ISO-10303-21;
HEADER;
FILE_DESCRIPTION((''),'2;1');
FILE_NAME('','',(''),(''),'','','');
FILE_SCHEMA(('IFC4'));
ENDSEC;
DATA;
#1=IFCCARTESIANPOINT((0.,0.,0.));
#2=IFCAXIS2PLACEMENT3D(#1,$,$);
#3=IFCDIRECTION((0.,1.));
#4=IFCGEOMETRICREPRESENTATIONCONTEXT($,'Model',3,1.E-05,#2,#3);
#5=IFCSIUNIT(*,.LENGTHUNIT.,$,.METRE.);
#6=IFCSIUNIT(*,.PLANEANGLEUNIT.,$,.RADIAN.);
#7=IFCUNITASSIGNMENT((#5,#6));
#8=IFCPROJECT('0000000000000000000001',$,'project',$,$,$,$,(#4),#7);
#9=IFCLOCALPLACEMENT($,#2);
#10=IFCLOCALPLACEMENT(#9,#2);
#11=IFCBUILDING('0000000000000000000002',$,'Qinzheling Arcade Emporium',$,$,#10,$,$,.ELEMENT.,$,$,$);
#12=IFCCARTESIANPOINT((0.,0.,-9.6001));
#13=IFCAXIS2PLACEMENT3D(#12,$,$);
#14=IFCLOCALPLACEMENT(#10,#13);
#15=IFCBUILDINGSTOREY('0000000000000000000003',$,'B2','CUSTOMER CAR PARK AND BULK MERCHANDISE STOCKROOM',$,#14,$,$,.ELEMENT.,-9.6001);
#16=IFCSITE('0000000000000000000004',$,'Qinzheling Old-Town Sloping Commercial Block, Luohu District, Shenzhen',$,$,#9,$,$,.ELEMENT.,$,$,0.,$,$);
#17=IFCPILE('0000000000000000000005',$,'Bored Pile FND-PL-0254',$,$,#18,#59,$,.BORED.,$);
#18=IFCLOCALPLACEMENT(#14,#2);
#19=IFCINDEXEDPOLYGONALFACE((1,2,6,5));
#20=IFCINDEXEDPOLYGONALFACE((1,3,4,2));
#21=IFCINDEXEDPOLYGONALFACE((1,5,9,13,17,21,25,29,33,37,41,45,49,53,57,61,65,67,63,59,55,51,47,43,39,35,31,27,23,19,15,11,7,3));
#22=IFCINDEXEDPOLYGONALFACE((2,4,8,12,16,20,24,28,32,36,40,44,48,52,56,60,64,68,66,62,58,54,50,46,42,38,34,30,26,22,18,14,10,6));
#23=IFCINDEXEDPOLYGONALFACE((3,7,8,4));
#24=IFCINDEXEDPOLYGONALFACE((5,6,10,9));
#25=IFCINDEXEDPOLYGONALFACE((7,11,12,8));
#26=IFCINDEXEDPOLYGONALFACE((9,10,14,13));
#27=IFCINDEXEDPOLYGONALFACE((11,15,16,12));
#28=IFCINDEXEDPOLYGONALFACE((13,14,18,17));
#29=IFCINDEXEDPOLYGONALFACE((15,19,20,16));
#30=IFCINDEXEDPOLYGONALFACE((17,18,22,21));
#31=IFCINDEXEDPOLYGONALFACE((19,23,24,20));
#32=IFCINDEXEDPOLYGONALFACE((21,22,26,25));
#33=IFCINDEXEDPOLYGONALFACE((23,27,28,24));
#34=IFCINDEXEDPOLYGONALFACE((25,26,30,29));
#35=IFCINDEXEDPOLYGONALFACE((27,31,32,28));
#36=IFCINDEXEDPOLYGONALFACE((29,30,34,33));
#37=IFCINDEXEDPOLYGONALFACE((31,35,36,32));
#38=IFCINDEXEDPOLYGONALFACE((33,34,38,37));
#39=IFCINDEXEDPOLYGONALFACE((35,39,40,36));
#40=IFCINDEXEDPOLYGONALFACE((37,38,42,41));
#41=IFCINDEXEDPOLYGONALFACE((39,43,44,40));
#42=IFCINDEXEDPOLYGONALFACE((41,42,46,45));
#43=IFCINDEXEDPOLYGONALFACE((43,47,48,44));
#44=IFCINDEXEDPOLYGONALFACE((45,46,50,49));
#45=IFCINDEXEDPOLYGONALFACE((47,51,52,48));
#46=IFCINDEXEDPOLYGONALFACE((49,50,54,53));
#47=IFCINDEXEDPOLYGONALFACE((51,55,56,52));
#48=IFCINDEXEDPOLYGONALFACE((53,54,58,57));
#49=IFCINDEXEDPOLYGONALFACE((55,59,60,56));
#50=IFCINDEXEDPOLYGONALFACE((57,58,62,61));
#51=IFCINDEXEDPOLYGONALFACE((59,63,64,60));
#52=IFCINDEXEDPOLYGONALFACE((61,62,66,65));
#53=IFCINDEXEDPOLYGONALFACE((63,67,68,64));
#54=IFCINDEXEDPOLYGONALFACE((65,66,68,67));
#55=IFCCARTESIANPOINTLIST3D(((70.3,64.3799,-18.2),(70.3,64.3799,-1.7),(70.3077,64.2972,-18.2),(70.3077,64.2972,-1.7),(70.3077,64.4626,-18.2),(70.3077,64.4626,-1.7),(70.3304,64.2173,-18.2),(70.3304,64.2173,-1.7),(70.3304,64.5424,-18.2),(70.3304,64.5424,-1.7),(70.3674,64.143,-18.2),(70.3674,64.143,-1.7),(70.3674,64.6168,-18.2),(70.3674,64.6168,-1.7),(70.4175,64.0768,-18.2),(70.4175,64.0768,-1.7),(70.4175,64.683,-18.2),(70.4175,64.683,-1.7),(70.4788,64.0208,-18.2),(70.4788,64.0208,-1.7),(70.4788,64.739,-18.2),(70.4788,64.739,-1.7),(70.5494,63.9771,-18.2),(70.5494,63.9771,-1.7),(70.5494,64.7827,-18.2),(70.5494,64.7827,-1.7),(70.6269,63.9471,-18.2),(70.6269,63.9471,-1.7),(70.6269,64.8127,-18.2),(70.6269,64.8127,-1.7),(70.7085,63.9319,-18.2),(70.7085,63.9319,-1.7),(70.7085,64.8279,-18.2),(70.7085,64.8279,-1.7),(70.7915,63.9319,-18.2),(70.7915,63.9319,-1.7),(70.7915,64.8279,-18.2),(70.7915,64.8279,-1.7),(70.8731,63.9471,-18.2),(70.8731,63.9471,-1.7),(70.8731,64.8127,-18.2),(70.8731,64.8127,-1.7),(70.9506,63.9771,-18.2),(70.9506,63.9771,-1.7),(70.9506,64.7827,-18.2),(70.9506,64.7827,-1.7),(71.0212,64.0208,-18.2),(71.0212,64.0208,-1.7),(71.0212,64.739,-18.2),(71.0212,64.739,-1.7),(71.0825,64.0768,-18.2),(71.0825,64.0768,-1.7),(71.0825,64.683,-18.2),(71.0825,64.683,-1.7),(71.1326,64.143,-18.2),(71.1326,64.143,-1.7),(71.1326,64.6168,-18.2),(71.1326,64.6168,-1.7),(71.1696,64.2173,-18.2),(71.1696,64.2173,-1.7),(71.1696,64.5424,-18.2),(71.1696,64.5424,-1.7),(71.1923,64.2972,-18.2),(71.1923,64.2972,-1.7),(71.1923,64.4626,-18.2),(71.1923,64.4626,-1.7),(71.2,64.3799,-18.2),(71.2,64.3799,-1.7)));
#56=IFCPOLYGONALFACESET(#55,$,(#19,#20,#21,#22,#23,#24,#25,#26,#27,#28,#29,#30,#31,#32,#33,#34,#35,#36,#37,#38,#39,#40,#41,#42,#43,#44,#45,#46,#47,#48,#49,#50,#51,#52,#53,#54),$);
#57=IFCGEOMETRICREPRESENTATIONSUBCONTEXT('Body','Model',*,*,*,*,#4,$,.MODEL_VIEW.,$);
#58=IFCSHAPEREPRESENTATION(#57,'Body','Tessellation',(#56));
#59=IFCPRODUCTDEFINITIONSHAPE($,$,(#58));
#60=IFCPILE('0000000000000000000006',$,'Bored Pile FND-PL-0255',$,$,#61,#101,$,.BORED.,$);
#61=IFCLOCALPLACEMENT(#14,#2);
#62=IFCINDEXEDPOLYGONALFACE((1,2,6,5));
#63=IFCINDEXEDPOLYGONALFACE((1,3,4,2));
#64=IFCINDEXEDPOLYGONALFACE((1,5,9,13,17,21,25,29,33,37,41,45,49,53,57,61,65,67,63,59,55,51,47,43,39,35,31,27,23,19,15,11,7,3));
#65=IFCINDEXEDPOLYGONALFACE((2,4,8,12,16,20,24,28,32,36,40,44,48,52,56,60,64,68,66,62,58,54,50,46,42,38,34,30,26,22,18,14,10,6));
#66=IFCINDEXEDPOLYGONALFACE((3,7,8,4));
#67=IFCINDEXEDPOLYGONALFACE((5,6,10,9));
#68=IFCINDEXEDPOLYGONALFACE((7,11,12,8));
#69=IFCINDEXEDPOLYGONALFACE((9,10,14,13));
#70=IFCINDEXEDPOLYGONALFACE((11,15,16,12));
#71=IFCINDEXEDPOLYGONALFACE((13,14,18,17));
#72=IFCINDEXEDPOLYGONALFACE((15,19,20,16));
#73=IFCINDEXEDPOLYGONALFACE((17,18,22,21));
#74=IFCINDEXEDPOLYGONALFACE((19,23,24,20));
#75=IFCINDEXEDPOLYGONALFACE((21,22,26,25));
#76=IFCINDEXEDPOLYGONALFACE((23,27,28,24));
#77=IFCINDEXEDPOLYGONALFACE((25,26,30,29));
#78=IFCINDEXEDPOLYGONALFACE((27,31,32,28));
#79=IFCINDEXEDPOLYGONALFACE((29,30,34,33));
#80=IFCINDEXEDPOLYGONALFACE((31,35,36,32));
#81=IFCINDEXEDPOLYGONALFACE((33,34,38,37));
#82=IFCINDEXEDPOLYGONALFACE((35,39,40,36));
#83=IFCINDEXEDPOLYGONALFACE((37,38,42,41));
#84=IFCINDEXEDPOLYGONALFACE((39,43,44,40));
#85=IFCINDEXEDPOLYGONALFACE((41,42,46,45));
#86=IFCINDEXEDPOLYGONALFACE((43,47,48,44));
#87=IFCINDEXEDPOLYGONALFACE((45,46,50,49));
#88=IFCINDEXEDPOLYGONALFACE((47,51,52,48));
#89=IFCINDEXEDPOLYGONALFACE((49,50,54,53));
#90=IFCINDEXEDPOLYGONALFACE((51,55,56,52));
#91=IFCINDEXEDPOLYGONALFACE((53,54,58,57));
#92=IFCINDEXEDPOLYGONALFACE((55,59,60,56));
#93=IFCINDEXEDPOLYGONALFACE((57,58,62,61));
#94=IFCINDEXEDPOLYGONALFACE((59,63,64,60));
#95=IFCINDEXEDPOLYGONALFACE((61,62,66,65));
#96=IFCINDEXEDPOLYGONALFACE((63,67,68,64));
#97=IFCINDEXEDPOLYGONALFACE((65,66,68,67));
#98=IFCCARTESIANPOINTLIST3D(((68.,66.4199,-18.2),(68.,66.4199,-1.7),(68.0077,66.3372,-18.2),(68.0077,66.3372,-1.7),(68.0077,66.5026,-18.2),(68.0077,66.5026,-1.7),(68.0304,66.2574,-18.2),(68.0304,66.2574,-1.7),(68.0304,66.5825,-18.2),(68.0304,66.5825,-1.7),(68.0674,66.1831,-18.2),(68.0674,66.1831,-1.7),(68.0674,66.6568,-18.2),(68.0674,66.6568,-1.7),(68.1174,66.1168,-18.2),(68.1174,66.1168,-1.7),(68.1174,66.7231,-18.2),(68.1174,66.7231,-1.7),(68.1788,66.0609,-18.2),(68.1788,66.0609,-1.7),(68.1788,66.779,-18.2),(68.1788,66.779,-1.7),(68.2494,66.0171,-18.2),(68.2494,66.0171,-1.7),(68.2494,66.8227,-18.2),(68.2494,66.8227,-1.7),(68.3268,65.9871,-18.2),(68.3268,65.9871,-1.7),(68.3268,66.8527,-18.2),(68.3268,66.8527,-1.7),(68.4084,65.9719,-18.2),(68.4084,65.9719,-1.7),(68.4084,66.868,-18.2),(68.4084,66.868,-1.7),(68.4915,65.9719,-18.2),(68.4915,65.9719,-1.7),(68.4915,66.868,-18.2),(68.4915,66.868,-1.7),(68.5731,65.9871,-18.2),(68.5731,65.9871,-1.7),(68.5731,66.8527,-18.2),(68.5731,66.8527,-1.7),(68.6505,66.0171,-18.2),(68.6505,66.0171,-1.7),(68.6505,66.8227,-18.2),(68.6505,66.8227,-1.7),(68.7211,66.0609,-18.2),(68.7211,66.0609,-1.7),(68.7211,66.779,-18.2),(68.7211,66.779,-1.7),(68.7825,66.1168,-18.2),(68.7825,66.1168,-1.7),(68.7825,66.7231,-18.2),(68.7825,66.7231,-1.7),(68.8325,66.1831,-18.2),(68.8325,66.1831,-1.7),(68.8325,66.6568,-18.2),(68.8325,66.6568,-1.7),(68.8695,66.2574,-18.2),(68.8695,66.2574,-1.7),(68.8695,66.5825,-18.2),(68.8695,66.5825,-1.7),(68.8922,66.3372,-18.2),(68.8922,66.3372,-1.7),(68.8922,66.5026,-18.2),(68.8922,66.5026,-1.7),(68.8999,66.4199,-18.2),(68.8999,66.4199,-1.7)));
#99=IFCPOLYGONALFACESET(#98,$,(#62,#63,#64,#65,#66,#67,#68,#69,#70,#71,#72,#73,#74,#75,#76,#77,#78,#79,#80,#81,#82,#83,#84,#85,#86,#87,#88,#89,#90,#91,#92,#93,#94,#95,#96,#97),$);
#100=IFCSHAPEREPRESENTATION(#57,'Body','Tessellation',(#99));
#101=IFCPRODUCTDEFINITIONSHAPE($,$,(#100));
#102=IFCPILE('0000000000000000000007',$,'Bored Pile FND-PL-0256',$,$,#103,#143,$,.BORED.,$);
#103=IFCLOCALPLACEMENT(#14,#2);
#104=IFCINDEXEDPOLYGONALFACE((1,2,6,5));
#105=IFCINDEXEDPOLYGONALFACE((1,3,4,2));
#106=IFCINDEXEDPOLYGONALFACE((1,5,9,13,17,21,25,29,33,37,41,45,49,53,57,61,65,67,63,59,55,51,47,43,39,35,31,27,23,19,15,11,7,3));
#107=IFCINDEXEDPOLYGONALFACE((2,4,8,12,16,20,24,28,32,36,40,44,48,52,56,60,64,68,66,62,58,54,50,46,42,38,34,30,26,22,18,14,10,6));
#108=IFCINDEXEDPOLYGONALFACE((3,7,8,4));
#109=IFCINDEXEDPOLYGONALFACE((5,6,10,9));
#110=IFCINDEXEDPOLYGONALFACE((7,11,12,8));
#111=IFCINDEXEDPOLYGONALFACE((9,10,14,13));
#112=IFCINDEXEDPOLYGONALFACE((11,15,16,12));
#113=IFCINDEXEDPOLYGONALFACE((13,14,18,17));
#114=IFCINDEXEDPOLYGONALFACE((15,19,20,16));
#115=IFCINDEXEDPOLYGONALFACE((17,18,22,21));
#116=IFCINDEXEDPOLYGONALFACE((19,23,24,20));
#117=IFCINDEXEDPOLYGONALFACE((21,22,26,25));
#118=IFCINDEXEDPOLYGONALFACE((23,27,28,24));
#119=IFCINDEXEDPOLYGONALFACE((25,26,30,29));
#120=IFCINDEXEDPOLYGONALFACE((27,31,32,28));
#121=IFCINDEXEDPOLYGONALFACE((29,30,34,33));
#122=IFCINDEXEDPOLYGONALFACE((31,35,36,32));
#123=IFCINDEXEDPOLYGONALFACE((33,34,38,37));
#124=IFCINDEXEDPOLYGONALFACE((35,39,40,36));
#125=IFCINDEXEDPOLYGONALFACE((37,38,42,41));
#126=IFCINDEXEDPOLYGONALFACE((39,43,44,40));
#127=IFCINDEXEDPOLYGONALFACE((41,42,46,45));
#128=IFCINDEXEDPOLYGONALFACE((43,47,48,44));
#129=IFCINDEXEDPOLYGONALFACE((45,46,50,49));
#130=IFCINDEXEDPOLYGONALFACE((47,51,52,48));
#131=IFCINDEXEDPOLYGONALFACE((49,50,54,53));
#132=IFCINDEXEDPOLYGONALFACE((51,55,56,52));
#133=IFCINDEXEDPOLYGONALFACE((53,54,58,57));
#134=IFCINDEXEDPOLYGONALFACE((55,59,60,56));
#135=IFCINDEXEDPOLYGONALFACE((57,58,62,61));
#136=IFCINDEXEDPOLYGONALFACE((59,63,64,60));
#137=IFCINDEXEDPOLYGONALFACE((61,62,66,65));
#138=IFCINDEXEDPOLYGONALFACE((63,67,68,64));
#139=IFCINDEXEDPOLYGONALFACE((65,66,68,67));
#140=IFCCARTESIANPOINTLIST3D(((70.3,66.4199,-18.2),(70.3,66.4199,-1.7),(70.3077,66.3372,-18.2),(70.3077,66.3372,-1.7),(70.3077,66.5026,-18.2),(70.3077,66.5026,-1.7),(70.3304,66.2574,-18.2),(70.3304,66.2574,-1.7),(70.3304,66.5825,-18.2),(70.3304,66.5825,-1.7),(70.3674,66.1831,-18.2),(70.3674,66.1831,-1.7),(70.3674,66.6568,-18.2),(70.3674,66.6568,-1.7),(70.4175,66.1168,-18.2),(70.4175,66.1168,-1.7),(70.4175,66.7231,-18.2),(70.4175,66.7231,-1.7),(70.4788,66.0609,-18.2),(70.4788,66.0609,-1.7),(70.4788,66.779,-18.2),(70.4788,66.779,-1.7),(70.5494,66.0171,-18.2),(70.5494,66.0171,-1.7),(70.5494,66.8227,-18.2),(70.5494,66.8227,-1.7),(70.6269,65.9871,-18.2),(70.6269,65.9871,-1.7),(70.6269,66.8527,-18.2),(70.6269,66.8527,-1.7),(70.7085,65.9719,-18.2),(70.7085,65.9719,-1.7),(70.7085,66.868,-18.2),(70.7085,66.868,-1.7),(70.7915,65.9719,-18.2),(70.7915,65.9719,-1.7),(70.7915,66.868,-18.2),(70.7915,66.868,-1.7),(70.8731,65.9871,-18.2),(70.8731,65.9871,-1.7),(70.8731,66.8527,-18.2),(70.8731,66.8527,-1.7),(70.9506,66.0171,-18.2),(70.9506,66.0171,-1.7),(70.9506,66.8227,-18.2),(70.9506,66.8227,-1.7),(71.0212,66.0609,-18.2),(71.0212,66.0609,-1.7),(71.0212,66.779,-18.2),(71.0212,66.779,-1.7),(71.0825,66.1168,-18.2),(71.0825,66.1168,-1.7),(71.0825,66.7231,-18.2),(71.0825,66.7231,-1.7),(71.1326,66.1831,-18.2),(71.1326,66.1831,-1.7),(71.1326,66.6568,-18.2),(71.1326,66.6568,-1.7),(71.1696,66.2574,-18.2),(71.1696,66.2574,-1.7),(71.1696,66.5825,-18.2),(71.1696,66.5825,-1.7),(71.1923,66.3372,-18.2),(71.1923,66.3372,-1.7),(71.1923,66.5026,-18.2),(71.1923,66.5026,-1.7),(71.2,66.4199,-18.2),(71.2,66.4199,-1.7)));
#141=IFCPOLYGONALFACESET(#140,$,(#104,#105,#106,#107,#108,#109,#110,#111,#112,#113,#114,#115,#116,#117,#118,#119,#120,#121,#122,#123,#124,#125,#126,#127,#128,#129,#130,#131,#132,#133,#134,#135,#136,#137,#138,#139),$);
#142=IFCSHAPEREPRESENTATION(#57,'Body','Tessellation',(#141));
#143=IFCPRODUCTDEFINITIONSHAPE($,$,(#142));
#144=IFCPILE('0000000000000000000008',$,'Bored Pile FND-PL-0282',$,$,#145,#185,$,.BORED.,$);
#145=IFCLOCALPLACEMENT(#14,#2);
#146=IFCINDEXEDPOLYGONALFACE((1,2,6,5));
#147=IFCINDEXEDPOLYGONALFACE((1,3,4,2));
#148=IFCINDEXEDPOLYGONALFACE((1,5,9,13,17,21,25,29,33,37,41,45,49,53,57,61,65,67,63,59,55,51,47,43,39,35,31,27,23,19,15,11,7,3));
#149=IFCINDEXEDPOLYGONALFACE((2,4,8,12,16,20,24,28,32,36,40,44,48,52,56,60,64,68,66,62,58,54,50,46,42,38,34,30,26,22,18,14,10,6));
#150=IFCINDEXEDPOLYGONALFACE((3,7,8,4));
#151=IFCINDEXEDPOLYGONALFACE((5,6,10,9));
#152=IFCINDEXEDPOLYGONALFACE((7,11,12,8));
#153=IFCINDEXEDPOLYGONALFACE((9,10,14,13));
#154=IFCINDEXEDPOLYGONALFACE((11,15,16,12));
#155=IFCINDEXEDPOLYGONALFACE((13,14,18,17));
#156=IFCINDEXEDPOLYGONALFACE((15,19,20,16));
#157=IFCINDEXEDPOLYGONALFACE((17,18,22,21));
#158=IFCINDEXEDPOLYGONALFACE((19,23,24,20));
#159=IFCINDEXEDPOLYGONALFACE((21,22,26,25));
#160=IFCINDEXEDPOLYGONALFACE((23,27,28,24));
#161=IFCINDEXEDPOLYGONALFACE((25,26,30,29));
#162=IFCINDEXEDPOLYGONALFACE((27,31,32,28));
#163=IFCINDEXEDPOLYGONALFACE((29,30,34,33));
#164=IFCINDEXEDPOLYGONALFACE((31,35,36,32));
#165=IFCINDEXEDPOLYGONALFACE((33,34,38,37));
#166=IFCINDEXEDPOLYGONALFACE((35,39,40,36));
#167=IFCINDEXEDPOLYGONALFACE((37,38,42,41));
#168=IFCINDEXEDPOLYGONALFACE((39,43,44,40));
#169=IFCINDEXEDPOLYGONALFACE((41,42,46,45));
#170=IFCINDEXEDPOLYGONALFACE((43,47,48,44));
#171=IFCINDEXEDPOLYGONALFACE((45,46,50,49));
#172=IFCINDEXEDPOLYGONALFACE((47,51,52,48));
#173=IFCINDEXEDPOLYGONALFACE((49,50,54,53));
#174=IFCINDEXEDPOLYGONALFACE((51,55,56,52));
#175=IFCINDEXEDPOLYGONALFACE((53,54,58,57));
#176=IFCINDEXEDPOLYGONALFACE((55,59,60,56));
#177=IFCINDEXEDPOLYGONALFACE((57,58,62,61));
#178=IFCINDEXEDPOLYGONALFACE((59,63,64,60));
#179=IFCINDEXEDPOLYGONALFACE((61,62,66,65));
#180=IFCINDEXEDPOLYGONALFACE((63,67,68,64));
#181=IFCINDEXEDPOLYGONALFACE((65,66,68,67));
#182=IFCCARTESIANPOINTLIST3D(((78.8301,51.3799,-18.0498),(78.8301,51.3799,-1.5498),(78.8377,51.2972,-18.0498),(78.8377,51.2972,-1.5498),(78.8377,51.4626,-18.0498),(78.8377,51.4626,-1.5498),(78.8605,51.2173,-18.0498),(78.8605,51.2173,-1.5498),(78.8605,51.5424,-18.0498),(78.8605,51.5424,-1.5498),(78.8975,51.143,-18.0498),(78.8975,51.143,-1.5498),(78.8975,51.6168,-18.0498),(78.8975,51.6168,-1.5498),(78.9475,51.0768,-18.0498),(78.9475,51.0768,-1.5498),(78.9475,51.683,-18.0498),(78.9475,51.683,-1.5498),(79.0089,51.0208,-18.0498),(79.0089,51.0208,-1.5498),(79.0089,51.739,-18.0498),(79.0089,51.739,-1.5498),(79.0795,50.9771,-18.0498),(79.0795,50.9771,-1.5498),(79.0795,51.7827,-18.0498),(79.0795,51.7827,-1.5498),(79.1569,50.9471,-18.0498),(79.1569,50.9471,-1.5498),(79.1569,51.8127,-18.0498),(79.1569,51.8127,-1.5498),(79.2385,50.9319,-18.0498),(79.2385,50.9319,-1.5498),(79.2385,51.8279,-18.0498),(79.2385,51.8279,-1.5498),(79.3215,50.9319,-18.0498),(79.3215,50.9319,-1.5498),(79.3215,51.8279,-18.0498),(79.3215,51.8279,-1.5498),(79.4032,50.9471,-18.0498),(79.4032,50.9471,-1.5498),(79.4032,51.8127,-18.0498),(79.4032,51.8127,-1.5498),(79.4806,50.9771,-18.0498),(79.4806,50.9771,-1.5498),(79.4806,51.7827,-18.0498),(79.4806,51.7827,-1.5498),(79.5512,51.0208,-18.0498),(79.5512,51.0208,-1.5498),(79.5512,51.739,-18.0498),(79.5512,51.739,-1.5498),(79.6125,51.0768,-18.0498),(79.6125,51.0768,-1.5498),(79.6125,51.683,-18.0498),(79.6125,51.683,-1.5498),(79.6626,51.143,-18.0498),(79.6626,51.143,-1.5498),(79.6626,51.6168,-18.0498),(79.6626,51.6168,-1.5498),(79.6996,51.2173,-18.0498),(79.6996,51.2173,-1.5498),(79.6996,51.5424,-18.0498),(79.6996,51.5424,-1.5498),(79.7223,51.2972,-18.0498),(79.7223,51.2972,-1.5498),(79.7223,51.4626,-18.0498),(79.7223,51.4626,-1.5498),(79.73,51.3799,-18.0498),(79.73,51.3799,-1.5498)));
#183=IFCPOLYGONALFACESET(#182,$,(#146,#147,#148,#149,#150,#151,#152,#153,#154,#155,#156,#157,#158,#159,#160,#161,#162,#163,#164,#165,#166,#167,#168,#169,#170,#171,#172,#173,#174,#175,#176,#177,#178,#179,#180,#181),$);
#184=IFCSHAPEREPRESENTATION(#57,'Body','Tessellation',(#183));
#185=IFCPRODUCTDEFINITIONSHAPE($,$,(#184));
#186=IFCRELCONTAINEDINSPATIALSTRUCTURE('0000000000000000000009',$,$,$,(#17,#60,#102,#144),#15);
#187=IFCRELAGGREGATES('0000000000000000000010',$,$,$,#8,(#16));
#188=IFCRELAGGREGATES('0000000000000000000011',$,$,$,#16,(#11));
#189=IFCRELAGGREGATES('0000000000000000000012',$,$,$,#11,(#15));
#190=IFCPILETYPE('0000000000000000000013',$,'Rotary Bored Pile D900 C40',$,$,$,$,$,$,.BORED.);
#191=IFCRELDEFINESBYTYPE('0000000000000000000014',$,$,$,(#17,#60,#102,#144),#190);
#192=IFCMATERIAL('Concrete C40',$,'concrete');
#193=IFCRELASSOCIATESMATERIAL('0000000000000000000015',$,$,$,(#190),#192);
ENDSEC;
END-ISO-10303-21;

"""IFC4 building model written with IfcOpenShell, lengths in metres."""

from ifc_helpers import new_model, si_unit, direction, frame, origin, origin_2d, place, context, subcontext, project, spatial, circle, extrude, material, material_profile, profile_set, type_object, element, save


model = new_model("IFC4")

# Units and contexts
model_context = context("Model", 3, precision=1e-05, world=origin(), true_north=direction((0.0, 1.0)))
body_context = subcontext(model_context, "Body", "Model", "MODEL_VIEW")
ifc_project = project(units=[si_unit("LENGTHUNIT", "METRE"), si_unit("PLANEANGLEUNIT", "RADIAN")], contexts=[model_context])

# Site, building, storey
site_placement = place(None, origin())
site = spatial("IfcSite", under=ifc_project, at=site_placement, Name="Qinzheling Old-Town Sloping Commercial Block, Luohu District, Shenzhen", CompositionType="ELEMENT", RefElevation=0.0)
building_placement = place(site_placement, origin())
building = spatial("IfcBuilding", under=site, at=building_placement, Name="Qinzheling Arcade Emporium", CompositionType="ELEMENT")
storey_placement = place(building_placement, frame((0.0, 0.0, -9.6001)))
storey = spatial("IfcBuildingStorey", under=building, at=storey_placement, Name="B2", Description="CUSTOMER CAR PARK AND BULK MERCHANDISE STOCKROOM", CompositionType="ELEMENT", Elevation=-9.6001)

# Shared definitions
ifc_material_1 = material(Name="Concrete C40", Category="concrete")

# Piles
ifc_material_profile_1 = material_profile(ifc_material_1, circle(Radius=0.45, at=origin_2d()), Name="BORED D900", Category="concrete")
ifc_profile_set_1 = profile_set([ifc_material_profile_1], Name="Concrete C40")
pile_type = type_object("IfcPileType", Name="Rotary Bored Pile D900 C40", PredefinedType="BORED", material=ifc_profile_set_1)
for number, where, z_axis, x_axis, name in (
    (1, (70.75, 64.3799, -1.7), (0.0, 0.0, -1.0), (1.0, 0.0, 0.0), "Bored Pile FND-PL-0254"),
    (2, (68.45, 66.4199, -1.7), (0.0, 0.0, -1.0), (1.0, 0.0, 0.0), "Bored Pile FND-PL-0255"),
    (3, (70.75, 66.4199, -1.7), (0.0, 0.0, -1.0), (1.0, 0.0, 0.0), "Bored Pile FND-PL-0256"),
    (4, (79.28, 51.3799, -1.5498), (0.0, 0.0, -1.0), (1.0, 0.0, 0.0), "Bored Pile FND-PL-0282"),
):
    element("IfcPile", number, at=place(storey_placement, frame(where, z_axis=z_axis, x_axis=x_axis)), inside=storey, type_object=pile_type, Name=name, PredefinedType="BORED", context=body_context, shape_type="SweptSolid", body=[
        extrude(circle(Radius=0.45, at=origin_2d()), origin(), (0.0, 0.0, 1.0), 16.5),
    ])

save(model, "model.ifc")
